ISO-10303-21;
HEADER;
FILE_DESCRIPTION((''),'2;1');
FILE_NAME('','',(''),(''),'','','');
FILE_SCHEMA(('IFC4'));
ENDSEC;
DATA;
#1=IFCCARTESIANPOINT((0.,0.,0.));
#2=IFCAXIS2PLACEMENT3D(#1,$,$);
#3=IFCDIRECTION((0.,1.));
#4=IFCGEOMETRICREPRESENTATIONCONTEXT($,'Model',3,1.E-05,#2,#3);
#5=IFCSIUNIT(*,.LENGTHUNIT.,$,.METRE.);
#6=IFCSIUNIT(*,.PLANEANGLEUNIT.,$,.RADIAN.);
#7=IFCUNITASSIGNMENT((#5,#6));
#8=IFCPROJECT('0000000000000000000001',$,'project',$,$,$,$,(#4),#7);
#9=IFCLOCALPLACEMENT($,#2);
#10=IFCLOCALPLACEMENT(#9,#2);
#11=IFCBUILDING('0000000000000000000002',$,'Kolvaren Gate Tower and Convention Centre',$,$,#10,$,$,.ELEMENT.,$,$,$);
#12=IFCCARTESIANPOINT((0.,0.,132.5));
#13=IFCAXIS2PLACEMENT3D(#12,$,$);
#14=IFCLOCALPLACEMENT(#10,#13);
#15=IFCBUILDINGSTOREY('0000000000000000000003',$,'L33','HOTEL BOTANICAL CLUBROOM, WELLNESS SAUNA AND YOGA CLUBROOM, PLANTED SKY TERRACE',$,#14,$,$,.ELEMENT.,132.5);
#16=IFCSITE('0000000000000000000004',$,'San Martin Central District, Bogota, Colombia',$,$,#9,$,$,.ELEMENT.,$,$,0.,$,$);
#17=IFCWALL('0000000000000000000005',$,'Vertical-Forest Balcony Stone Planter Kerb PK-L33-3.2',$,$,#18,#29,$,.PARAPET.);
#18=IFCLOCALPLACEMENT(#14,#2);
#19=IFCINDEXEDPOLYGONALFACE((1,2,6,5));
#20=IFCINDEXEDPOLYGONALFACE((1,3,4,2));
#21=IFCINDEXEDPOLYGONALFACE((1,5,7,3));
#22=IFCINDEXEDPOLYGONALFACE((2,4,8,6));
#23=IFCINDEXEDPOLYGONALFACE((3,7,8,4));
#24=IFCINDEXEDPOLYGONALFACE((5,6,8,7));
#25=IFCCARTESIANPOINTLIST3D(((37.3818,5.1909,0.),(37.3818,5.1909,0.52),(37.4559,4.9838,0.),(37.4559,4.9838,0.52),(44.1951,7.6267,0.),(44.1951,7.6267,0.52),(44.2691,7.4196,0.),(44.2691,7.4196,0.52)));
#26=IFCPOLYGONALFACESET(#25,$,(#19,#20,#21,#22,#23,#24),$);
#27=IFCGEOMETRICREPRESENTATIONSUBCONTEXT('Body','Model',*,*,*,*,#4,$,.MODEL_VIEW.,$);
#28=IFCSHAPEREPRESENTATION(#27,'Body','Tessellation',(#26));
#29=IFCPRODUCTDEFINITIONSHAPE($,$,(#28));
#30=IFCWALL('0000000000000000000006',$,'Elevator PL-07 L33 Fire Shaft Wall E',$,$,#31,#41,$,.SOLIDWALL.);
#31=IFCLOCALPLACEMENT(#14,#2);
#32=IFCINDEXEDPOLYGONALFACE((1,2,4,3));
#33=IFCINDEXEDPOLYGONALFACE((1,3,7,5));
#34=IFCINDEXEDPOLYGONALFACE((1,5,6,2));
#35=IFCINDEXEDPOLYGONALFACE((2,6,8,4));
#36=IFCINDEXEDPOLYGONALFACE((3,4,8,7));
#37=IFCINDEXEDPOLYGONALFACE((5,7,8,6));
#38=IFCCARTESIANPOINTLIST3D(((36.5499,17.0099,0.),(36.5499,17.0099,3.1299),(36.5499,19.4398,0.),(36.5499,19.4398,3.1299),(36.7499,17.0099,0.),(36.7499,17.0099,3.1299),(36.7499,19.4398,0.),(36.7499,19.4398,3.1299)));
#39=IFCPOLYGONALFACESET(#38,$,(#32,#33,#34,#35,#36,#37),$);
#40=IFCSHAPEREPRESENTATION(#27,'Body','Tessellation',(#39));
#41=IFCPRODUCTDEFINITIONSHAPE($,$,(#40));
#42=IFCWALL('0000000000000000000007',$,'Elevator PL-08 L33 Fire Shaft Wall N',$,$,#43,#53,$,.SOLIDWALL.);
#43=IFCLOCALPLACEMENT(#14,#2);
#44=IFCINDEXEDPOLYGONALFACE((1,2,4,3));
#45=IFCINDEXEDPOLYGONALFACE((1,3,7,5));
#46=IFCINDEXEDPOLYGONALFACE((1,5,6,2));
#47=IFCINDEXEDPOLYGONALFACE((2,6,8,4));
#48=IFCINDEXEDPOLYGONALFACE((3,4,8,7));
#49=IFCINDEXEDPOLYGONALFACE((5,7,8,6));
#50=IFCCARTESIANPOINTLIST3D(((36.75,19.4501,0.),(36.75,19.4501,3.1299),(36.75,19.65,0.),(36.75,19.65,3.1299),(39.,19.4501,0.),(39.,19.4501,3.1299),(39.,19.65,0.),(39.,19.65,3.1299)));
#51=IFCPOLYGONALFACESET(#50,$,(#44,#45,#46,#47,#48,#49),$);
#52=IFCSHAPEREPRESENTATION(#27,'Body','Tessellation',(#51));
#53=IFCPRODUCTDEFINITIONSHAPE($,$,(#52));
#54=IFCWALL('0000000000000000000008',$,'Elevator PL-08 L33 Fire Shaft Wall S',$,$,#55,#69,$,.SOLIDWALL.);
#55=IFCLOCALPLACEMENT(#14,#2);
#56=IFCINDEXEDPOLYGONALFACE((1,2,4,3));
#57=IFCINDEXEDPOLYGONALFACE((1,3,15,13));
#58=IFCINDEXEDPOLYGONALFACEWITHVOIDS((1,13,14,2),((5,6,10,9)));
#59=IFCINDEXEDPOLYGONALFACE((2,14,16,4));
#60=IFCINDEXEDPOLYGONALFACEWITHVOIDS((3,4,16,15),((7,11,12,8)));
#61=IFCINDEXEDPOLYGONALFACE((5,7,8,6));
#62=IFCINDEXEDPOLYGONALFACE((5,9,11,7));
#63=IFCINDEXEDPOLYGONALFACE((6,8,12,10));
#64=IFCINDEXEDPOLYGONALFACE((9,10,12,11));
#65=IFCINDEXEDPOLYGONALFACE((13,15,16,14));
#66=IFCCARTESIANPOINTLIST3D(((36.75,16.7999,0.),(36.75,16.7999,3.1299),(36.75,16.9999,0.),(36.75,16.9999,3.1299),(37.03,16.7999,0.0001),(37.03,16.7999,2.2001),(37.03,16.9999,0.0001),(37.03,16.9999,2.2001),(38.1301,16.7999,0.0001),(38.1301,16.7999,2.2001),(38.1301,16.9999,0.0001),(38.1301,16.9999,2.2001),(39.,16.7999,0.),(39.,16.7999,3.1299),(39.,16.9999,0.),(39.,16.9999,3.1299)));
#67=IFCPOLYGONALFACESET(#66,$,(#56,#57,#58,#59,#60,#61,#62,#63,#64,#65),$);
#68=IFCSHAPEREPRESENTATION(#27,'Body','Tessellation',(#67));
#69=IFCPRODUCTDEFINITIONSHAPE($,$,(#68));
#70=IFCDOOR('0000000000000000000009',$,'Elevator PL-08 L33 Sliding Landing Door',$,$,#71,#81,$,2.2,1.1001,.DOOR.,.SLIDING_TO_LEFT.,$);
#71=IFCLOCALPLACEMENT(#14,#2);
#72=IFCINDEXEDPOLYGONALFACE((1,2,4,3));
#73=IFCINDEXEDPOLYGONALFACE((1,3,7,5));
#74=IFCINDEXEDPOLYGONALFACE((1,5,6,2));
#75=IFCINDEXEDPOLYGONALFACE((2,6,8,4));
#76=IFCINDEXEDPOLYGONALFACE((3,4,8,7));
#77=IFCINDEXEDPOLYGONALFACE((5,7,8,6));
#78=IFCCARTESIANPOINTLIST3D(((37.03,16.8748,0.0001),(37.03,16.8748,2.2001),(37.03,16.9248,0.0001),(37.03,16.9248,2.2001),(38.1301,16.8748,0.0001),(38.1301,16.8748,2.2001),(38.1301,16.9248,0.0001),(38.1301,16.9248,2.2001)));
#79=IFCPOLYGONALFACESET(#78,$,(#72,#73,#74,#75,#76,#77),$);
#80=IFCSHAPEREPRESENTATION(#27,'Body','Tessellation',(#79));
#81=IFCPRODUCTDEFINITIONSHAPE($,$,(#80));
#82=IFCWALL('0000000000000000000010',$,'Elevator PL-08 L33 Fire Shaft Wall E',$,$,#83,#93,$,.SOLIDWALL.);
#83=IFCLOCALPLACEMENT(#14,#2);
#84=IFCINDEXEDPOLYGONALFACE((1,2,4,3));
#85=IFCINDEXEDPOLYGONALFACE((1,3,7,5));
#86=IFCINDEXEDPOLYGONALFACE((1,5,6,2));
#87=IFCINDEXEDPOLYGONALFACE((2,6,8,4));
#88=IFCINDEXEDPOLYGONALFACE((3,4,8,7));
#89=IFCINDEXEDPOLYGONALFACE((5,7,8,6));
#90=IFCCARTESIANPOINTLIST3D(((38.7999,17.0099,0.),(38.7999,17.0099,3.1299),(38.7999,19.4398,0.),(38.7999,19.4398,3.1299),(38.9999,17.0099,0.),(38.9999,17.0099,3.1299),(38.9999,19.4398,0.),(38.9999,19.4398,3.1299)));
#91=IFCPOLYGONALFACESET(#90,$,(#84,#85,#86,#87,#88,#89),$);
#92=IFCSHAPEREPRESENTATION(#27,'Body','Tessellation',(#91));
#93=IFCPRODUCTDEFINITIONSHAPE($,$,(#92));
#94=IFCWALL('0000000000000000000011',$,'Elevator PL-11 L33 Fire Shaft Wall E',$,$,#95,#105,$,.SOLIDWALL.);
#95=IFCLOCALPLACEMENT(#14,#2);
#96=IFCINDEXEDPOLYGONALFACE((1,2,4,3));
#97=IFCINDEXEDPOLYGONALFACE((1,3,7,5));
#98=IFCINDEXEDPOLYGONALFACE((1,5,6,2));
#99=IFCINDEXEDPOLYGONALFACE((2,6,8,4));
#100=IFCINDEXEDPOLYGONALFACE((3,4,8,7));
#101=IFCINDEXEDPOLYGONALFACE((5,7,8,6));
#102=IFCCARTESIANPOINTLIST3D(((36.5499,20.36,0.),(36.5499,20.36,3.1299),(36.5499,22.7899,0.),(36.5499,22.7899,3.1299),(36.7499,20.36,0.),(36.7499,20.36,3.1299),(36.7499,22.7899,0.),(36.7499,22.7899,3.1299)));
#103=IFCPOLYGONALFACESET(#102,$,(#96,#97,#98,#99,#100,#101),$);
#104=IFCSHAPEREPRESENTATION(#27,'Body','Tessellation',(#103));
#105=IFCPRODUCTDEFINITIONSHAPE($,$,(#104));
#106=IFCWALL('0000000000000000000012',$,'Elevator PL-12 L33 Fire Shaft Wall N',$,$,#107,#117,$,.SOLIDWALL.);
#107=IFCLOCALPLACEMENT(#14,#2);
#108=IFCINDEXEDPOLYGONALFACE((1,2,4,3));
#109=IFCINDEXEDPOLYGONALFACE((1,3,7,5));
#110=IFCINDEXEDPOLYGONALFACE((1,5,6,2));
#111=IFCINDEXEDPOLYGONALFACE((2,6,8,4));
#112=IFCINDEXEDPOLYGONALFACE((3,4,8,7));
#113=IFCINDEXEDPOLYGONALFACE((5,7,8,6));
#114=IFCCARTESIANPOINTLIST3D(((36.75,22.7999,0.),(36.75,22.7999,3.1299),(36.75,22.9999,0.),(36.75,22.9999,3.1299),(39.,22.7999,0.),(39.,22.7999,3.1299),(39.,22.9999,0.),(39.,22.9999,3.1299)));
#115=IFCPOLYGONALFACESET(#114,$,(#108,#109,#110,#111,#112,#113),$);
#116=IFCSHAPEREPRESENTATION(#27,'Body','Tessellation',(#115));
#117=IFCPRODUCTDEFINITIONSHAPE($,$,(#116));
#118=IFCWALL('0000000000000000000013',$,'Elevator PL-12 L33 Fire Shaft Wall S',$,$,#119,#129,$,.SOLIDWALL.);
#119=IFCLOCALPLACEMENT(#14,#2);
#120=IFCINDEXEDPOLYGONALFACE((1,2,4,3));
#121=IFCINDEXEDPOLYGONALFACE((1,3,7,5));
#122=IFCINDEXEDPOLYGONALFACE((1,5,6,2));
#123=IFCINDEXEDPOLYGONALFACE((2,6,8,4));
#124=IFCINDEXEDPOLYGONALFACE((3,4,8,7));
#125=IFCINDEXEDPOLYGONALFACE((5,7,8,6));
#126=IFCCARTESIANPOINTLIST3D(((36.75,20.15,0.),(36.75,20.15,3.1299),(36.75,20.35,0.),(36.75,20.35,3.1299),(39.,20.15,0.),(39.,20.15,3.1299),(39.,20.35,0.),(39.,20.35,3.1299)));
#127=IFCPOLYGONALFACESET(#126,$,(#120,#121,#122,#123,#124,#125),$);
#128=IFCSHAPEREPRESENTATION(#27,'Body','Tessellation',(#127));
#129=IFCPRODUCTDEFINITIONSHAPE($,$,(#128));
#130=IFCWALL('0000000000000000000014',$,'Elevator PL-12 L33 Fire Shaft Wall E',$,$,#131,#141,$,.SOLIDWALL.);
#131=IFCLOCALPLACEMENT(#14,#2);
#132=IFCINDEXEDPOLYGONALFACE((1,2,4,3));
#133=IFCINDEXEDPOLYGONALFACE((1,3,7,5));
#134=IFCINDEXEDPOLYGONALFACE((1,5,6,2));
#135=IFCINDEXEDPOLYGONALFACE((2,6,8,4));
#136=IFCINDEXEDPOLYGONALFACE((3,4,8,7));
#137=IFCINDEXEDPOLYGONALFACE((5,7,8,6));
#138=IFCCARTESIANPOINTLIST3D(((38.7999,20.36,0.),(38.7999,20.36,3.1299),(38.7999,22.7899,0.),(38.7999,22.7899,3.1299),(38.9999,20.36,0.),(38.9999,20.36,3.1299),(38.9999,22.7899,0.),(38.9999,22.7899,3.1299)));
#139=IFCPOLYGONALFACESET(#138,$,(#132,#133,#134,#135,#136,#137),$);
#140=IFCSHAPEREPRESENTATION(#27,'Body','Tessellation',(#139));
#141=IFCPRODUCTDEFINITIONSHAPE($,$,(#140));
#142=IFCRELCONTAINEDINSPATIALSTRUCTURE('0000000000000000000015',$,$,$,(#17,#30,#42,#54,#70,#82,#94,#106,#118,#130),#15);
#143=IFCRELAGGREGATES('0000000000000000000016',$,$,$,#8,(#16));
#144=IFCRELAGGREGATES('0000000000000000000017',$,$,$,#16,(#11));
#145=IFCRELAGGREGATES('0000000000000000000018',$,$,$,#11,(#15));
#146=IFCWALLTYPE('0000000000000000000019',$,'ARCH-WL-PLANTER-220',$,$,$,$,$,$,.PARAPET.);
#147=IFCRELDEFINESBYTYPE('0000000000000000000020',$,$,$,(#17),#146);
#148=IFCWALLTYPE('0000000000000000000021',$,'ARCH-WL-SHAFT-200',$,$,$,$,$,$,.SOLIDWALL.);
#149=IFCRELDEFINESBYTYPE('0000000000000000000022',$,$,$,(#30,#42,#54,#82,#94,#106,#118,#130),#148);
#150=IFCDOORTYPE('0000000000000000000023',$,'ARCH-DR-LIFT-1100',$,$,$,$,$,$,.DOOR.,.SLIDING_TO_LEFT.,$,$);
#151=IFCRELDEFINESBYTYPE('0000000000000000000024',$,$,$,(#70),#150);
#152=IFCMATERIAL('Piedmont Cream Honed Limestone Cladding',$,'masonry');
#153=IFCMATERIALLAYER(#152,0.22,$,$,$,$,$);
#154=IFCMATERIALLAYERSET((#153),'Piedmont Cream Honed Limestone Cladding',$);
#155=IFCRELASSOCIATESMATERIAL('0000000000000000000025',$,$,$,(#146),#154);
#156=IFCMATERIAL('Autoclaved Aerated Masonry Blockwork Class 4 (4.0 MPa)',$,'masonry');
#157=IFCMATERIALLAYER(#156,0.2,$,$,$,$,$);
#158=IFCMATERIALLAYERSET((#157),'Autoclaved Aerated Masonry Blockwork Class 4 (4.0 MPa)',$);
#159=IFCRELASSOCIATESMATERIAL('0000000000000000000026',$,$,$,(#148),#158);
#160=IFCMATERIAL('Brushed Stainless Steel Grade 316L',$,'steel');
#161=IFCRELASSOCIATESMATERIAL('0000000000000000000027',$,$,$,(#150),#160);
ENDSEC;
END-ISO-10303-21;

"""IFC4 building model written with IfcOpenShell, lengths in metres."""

from ifc_helpers import new_model, si_unit, direction, frame, frame_2d, origin, place, context, subcontext, project, spatial, rectangle, extrude, material, layer, layer_set, type_object, element, fill, save


model = new_model("IFC4")

# Units and contexts
model_context = context("Model", 3, precision=1e-05, world=origin(), true_north=direction((0.0, 1.0)))
body_context = subcontext(model_context, "Body", "Model", "MODEL_VIEW")
ifc_project = project(units=[si_unit("LENGTHUNIT", "METRE"), si_unit("PLANEANGLEUNIT", "RADIAN")], contexts=[model_context])

# Site, building, storey
site_placement = place(None, origin())
site = spatial("IfcSite", under=ifc_project, at=site_placement, Name="San Martin Central District, Bogota, Colombia", CompositionType="ELEMENT", RefElevation=0.0)
building_placement = place(site_placement, origin())
building = spatial("IfcBuilding", under=site, at=building_placement, Name="Kolvaren Gate Tower and Convention Centre", CompositionType="ELEMENT")
storey_placement = place(building_placement, frame((0.0, 0.0, 132.5)))
storey = spatial("IfcBuildingStorey", under=building, at=storey_placement, Name="L33", Description="HOTEL BOTANICAL CLUBROOM, WELLNESS SAUNA AND YOGA CLUBROOM, PLANTED SKY TERRACE", CompositionType="ELEMENT", Elevation=132.5)

# Walls
ifc_material_1 = material(Name="Piedmont Cream Honed Limestone Cladding", Category="masonry")
ifc_layer_1 = layer(ifc_material_1, 0.22)
ifc_layer_set_1 = layer_set([ifc_layer_1], Name="Piedmont Cream Honed Limestone Cladding")
wall_type_1 = type_object("IfcWallType", Name="ARCH-WL-PLANTER-220", PredefinedType="PARAPET", material=ifc_layer_set_1)
wall_1_placement = place(storey_placement, frame((37.4189, 5.0874, 0.0), z_axis=(0.0, 0.0, 1.0), x_axis=(0.941633, 0.336642, 0.0)))
element("IfcWall", 1, at=wall_1_placement, inside=storey, type_object=wall_type_1, Name="Vertical-Forest Balcony Stone Planter Kerb PK-L33-3.2", PredefinedType="PARAPET", context=body_context, shape_type="SweptSolid", body=[
    extrude(rectangle(XDim=7.2356, YDim=0.22, at=frame_2d((3.6177, 0.0))), origin(), (0.0, 0.0, 1.0), 0.52),
])
ifc_material_2 = material(Name="Autoclaved Aerated Masonry Blockwork Class 4 (4.0 MPa)", Category="masonry")
ifc_layer_2 = layer(ifc_material_2, 0.2)
ifc_layer_set_2 = layer_set([ifc_layer_2], Name="Autoclaved Aerated Masonry Blockwork Class 4 (4.0 MPa)")
wall_type_2 = type_object("IfcWallType", Name="ARCH-WL-SHAFT-200", PredefinedType="SOLIDWALL", material=ifc_layer_set_2)
wall_2_placement = place(storey_placement, frame((36.6499, 17.01, 0.0), z_axis=(0.0, 0.0, 1.0), x_axis=(0.0, 1.0, 0.0)))
element("IfcWall", 2, at=wall_2_placement, inside=storey, type_object=wall_type_2, Name="Elevator PL-07 L33 Fire Shaft Wall E", PredefinedType="SOLIDWALL", context=body_context, shape_type="SweptSolid", body=[
    extrude(rectangle(XDim=2.4299, YDim=0.2, at=frame_2d((1.2148, 0.0))), origin(), (0.0, 0.0, 1.0), 3.1299),
])
wall_3_placement = place(storey_placement, frame((36.75, 19.55, 0.0), z_axis=(0.0, 0.0, 1.0), x_axis=(1.0, 0.0, 0.0)))
element("IfcWall", 3, at=wall_3_placement, inside=storey, type_object=wall_type_2, Name="Elevator PL-08 L33 Fire Shaft Wall N", PredefinedType="SOLIDWALL", context=body_context, shape_type="SweptSolid", body=[
    extrude(rectangle(XDim=2.25, YDim=0.2, at=frame_2d((1.125, 0.0))), origin(), (0.0, 0.0, 1.0), 3.1299),
])

# Wall, opening, door
wall_4_placement = place(storey_placement, frame((36.75, 16.8999, 0.0), z_axis=(0.0, 0.0, 1.0), x_axis=(1.0, 0.0, 0.0)))
wall_4 = element("IfcWall", 4, at=wall_4_placement, inside=storey, type_object=wall_type_2, Name="Elevator PL-08 L33 Fire Shaft Wall S", PredefinedType="SOLIDWALL", context=body_context, shape_type="SweptSolid", body=[
    extrude(rectangle(XDim=2.25, YDim=0.2, at=frame_2d((1.125, 0.0))), origin(), (0.0, 0.0, 1.0), 3.1299),
])
opening_1_placement = place(wall_4_placement, frame((0.28, 0.0, 0.0)))
opening_1 = element("IfcOpeningElement", 5, at=opening_1_placement, cuts=wall_4, PredefinedType="OPENING", context=body_context, shape_type="SweptSolid", body=[
    extrude(rectangle(XDim=1.1001, YDim=2.2, at=frame_2d((0.55, 1.1001))), frame((0.0, 0.1099, 0.0), z_axis=(0.0, -1.0, 0.0), x_axis=(1.0, 0.0, 0.0)), (0.0, 0.0, 1.0), 0.22),
])
ifc_material_3 = material(Name="Brushed Stainless Steel Grade 316L", Category="steel")
door_type_1 = type_object("IfcDoorType", Name="ARCH-DR-LIFT-1100", OperationType="SLIDING_TO_LEFT", PredefinedType="DOOR", material=ifc_material_3)
door_1_placement = place(opening_1_placement, origin())
door_1 = element("IfcDoor", 6, at=door_1_placement, inside=storey, type_object=door_type_1, Name="Elevator PL-08 L33 Sliding Landing Door", OperationType="SLIDING_TO_LEFT", OverallHeight=2.2, OverallWidth=1.1001, PredefinedType="DOOR", context=body_context, shape_type="SweptSolid", body=[
    extrude(rectangle(XDim=1.1001, YDim=2.2, at=frame_2d((0.55, 1.1001))), frame((0.0, 0.0249, 0.0), z_axis=(0.0, -1.0, 0.0), x_axis=(1.0, 0.0, 0.0)), (0.0, 0.0, 1.0), 0.05),
])
fill(opening_1, door_1)

# Walls
for number, where, z_axis, x_axis, name in (
    (7, (38.8999, 17.01, 0.0), (0.0, 0.0, 1.0), (0.0, 1.0, 0.0), "Elevator PL-08 L33 Fire Shaft Wall E"),
    (8, (36.6499, 20.3601, 0.0), (0.0, 0.0, 1.0), (0.0, 1.0, 0.0), "Elevator PL-11 L33 Fire Shaft Wall E"),
):
    element("IfcWall", number, at=place(storey_placement, frame(where, z_axis=z_axis, x_axis=x_axis)), inside=storey, type_object=wall_type_2, Name=name, PredefinedType="SOLIDWALL", context=body_context, shape_type="SweptSolid", body=[
        extrude(rectangle(XDim=2.4299, YDim=0.2, at=frame_2d((1.2148, 0.0))), origin(), (0.0, 0.0, 1.0), 3.1299),
    ])
for number, where, z_axis, x_axis, name in (
    (9, (36.75, 22.8999, 0.0), (0.0, 0.0, 1.0), (1.0, 0.0, 0.0), "Elevator PL-12 L33 Fire Shaft Wall N"),
    (10, (36.75, 20.25, 0.0), (0.0, 0.0, 1.0), (1.0, 0.0, 0.0), "Elevator PL-12 L33 Fire Shaft Wall S"),
):
    element("IfcWall", number, at=place(storey_placement, frame(where, z_axis=z_axis, x_axis=x_axis)), inside=storey, type_object=wall_type_2, Name=name, PredefinedType="SOLIDWALL", context=body_context, shape_type="SweptSolid", body=[
        extrude(rectangle(XDim=2.25, YDim=0.2, at=frame_2d((1.125, 0.0))), origin(), (0.0, 0.0, 1.0), 3.1299),
    ])
wall_5_placement = place(storey_placement, frame((38.8999, 20.3601, 0.0), z_axis=(0.0, 0.0, 1.0), x_axis=(0.0, 1.0, 0.0)))
element("IfcWall", 11, at=wall_5_placement, inside=storey, type_object=wall_type_2, Name="Elevator PL-12 L33 Fire Shaft Wall E", PredefinedType="SOLIDWALL", context=body_context, shape_type="SweptSolid", body=[
    extrude(rectangle(XDim=2.4299, YDim=0.2, at=frame_2d((1.2148, 0.0))), origin(), (0.0, 0.0, 1.0), 3.1299),
])

save(model, "model.ifc")
